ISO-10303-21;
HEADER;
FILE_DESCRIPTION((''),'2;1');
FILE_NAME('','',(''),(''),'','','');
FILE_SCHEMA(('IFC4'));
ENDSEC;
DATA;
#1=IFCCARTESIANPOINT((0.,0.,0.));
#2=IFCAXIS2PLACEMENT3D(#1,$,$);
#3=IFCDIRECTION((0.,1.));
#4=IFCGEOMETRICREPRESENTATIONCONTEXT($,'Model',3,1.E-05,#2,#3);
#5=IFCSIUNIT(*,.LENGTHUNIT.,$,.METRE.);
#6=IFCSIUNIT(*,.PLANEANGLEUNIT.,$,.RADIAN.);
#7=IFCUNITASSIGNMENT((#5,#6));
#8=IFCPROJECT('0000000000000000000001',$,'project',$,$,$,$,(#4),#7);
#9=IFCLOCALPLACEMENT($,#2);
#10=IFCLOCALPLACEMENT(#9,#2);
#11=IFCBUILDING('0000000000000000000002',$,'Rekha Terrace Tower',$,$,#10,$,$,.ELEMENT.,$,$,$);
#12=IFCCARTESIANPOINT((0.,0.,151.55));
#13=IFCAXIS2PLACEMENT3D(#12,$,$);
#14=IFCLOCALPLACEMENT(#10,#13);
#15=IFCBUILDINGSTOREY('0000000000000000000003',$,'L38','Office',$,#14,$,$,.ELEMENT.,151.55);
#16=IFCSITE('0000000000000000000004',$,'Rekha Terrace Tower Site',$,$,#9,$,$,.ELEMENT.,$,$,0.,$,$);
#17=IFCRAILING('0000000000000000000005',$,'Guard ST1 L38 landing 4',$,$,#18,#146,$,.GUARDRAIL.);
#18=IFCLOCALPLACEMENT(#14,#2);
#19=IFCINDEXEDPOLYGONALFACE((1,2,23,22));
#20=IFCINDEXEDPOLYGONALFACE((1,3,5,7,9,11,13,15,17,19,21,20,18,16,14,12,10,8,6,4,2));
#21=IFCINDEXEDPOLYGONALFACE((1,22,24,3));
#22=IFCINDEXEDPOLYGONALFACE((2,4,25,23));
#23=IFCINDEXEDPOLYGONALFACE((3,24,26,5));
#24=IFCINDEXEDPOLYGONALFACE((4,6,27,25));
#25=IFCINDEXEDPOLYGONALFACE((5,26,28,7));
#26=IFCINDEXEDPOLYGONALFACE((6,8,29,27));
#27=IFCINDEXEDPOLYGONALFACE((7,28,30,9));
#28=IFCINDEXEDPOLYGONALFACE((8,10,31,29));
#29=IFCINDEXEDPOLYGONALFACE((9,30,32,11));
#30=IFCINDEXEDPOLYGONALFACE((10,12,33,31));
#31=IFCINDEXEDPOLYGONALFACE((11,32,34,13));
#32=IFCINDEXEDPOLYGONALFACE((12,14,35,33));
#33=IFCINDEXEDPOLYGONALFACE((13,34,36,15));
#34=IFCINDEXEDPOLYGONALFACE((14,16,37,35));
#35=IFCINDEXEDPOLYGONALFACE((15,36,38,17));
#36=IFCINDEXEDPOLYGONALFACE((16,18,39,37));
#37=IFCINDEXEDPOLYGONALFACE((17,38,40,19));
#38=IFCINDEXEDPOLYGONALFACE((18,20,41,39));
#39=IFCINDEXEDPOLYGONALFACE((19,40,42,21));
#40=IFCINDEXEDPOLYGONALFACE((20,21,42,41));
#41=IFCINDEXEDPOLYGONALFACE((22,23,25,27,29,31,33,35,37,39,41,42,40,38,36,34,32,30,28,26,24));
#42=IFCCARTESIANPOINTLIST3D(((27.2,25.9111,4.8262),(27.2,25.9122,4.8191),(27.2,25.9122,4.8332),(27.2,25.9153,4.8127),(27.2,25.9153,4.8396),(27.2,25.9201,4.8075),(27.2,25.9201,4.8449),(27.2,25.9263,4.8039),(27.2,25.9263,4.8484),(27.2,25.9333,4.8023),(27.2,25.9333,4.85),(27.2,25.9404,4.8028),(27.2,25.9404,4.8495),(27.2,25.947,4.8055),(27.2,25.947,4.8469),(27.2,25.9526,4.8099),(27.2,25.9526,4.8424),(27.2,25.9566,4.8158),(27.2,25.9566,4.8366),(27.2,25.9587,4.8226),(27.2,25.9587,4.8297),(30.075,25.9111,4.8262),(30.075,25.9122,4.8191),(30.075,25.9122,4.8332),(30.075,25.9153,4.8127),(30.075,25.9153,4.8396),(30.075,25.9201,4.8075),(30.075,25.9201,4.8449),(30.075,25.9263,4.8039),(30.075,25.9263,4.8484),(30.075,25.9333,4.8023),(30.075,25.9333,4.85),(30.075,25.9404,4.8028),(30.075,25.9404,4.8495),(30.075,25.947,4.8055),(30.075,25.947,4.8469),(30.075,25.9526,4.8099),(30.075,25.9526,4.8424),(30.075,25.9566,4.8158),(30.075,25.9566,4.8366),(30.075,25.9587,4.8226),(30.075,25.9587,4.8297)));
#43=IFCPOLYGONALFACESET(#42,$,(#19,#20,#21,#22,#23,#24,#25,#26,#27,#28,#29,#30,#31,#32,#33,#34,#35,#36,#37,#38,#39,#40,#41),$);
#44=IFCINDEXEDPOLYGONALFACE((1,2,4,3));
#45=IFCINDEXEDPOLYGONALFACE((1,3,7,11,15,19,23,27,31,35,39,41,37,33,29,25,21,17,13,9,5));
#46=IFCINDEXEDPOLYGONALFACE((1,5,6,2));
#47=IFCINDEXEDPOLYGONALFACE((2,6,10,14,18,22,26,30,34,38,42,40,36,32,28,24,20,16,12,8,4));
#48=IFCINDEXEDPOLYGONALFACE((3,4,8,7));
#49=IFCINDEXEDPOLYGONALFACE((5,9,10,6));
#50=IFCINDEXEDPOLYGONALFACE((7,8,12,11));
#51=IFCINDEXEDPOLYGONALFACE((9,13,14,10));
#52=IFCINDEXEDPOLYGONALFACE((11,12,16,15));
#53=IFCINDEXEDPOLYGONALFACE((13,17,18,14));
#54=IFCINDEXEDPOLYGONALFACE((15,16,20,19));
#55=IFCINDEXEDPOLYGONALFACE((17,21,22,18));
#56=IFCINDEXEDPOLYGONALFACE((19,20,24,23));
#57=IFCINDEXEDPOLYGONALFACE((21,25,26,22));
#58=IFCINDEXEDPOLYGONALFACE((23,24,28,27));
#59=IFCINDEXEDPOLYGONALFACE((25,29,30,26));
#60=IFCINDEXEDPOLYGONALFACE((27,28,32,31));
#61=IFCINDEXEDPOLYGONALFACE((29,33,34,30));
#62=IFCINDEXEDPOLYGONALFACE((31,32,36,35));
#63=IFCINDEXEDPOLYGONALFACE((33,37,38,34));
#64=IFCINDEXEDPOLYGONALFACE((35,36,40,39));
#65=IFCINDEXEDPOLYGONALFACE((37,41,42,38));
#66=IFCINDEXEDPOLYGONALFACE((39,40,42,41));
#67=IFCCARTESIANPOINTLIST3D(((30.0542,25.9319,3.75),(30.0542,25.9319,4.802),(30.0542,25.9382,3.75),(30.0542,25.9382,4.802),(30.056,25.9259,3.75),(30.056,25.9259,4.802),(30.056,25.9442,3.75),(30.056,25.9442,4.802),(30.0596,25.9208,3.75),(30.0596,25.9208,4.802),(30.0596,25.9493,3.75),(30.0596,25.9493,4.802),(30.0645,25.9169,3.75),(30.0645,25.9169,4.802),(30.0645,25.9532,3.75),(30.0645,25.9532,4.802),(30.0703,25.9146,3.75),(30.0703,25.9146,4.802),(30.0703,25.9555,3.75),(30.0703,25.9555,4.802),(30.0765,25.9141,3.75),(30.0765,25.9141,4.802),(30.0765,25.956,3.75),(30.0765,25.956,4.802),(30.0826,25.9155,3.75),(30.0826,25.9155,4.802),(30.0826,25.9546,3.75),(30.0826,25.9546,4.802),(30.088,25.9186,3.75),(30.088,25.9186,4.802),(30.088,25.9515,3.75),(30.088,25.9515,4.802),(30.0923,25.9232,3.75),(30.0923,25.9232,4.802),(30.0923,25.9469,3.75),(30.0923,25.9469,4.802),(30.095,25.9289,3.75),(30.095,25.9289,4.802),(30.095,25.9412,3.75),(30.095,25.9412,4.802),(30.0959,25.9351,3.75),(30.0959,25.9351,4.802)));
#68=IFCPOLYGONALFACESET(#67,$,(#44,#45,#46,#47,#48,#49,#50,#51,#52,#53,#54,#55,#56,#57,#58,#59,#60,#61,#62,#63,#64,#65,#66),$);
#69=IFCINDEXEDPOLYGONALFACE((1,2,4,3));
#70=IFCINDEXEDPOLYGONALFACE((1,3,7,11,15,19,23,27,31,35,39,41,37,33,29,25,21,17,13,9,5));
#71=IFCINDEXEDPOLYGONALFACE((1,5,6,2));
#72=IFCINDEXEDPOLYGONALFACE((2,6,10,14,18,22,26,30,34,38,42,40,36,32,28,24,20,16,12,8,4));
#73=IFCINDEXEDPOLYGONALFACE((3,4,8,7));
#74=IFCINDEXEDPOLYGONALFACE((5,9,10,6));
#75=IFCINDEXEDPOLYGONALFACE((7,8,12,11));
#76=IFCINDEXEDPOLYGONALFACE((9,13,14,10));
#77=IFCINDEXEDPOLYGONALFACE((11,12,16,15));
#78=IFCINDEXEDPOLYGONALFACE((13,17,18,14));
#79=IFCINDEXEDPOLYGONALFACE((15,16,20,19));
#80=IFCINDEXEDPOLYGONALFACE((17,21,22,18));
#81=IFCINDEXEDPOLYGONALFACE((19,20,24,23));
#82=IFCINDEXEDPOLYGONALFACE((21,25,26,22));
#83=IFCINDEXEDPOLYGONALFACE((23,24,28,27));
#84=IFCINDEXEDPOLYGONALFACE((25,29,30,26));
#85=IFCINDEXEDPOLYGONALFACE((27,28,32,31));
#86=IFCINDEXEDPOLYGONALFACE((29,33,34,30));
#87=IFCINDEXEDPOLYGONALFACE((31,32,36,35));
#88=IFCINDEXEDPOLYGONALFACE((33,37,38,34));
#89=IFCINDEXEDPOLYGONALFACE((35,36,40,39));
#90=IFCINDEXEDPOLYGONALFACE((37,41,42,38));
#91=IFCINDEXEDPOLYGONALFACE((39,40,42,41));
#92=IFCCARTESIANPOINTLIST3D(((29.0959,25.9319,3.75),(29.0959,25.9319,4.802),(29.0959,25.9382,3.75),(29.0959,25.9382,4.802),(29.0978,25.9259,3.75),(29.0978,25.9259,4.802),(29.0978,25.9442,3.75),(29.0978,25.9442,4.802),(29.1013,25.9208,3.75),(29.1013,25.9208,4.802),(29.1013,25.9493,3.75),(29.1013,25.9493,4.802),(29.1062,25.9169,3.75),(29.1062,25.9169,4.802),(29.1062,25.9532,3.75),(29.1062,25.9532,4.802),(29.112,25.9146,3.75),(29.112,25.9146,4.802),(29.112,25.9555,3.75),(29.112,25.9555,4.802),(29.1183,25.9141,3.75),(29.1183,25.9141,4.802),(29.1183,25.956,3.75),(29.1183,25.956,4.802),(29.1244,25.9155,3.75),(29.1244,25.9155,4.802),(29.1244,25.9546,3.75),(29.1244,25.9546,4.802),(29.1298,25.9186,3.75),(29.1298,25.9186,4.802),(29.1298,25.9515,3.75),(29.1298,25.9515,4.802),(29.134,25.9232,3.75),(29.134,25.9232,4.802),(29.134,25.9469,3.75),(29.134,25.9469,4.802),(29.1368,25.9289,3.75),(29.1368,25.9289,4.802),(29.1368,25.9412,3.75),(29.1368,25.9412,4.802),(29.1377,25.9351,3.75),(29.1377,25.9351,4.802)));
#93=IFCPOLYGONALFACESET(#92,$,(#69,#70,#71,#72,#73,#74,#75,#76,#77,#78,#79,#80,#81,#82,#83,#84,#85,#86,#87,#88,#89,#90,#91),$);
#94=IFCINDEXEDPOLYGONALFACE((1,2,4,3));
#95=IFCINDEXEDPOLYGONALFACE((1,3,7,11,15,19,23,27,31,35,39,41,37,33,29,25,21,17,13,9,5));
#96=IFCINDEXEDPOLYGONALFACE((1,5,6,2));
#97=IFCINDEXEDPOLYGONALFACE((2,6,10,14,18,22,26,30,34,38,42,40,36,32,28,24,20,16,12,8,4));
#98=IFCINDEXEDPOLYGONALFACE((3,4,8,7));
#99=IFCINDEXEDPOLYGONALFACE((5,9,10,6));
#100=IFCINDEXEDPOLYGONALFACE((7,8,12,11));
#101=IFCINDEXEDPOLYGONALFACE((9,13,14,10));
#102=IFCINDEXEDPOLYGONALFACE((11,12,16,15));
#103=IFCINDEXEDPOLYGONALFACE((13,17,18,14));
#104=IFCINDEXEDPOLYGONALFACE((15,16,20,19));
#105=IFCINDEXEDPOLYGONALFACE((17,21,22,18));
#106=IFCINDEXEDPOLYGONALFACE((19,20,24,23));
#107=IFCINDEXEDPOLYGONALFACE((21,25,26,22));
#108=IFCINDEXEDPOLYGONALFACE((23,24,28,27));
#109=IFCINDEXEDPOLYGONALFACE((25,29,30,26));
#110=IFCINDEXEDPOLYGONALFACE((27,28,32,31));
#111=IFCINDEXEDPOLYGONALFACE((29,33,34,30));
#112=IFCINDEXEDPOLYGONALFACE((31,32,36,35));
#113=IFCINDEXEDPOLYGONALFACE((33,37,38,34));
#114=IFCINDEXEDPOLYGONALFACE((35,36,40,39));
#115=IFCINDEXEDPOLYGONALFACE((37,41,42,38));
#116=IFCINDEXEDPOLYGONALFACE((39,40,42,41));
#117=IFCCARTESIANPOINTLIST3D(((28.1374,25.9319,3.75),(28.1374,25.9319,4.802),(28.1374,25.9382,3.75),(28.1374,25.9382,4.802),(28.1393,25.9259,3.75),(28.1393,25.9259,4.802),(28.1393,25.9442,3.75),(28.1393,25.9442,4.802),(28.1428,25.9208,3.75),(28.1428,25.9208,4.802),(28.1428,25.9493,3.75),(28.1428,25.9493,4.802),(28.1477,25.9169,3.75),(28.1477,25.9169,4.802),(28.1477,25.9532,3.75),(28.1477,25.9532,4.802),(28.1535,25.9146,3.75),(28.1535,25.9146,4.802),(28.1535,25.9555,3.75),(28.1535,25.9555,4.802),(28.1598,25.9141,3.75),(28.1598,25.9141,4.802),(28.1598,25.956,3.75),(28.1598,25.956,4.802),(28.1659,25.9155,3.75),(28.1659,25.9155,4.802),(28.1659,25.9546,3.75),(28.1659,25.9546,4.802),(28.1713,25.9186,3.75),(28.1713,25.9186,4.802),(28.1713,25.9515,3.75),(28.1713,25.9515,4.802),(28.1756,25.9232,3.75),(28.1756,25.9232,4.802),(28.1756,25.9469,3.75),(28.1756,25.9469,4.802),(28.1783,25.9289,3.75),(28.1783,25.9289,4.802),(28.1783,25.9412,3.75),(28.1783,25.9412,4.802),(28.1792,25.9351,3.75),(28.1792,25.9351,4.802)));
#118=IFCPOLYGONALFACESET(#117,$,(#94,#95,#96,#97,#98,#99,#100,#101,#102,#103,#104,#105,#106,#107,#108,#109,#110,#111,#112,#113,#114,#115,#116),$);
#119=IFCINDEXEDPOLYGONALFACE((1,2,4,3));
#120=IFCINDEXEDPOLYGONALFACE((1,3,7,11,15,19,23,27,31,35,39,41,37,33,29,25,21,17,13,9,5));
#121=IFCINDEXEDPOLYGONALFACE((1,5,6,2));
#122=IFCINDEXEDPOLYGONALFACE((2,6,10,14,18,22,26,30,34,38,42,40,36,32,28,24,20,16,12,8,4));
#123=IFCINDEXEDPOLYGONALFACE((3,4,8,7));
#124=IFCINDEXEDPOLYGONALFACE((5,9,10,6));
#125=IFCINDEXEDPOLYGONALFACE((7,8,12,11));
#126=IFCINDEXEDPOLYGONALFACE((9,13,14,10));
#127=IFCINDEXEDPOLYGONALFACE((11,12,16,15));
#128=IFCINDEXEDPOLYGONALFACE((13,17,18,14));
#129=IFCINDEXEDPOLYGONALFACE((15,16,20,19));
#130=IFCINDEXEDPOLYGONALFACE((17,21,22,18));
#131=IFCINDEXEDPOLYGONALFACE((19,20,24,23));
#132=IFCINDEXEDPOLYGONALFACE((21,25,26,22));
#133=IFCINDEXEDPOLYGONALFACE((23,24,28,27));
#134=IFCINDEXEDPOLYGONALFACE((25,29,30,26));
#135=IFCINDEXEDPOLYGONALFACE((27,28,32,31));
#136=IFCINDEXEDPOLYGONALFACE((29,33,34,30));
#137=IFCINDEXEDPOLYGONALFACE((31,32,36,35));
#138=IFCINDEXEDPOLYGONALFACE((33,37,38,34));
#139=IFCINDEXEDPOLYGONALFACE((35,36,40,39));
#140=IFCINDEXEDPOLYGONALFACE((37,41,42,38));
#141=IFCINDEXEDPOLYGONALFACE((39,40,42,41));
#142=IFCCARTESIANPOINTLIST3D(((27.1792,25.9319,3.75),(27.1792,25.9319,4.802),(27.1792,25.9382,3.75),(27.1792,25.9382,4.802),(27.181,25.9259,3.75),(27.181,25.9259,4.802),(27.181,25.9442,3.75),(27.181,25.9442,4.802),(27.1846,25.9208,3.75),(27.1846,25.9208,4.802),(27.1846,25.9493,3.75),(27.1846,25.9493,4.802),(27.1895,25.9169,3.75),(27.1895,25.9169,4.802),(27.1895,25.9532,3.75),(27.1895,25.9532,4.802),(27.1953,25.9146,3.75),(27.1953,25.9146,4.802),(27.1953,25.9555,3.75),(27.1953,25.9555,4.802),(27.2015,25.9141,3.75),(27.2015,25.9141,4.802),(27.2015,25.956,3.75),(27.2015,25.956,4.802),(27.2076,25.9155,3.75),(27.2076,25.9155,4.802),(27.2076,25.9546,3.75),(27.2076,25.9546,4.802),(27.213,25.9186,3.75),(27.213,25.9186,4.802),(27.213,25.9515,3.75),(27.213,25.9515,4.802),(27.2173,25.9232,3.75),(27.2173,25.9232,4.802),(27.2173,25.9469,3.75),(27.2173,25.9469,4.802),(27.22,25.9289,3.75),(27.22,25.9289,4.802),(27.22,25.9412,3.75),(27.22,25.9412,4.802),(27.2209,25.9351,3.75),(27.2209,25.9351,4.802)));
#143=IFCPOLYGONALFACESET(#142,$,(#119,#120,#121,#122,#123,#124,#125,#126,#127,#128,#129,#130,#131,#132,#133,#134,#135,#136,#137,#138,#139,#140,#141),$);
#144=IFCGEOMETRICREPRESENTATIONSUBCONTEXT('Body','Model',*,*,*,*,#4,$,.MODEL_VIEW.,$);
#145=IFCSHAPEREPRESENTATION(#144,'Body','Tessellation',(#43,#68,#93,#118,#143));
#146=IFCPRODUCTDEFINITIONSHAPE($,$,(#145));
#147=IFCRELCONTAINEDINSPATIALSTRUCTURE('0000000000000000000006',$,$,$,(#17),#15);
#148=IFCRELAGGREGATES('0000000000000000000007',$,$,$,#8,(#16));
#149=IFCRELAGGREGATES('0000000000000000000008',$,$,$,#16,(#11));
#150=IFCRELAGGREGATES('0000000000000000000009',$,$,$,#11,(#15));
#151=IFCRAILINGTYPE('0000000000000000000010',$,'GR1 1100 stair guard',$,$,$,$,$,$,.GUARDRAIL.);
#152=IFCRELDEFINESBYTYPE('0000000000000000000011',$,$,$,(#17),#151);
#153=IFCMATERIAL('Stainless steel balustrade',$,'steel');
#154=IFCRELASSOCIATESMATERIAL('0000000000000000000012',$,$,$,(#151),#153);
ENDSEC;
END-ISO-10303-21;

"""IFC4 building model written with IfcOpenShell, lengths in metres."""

from ifc_helpers import new_model, si_unit, direction, frame, origin, origin_2d, place, context, subcontext, project, spatial, circle, extrude, material, type_object, element, save


model = new_model("IFC4")

# Units and contexts
model_context = context("Model", 3, precision=1e-05, world=origin(), true_north=direction((0.0, 1.0)))
body_context = subcontext(model_context, "Body", "Model", "MODEL_VIEW")
ifc_project = project(units=[si_unit("LENGTHUNIT", "METRE"), si_unit("PLANEANGLEUNIT", "RADIAN")], contexts=[model_context])

# Site, building, storey
site_placement = place(None, origin())
site = spatial("IfcSite", under=ifc_project, at=site_placement, Name="Rekha Terrace Tower Site", CompositionType="ELEMENT", RefElevation=0.0)
building_placement = place(site_placement, origin())
building = spatial("IfcBuilding", under=site, at=building_placement, Name="Rekha Terrace Tower", CompositionType="ELEMENT")
storey_placement = place(building_placement, frame((0.0, 0.0, 151.55)))
storey = spatial("IfcBuildingStorey", under=building, at=storey_placement, Name="L38", Description="Office", CompositionType="ELEMENT", Elevation=151.55)

# Railing
ifc_material_1 = material(Name="Stainless steel balustrade", Category="steel")
railing_type_1 = type_object("IfcRailingType", Name="GR1 1100 stair guard", PredefinedType="GUARDRAIL", material=ifc_material_1)
railing_1_placement = place(storey_placement, frame((30.075, 25.9351, 3.75)))
element("IfcRailing", 1, at=railing_1_placement, inside=storey, type_object=railing_type_1, Name="Guard ST1 L38 landing 4", PredefinedType="GUARDRAIL", context=body_context, shape_type="SweptSolid", body=[
    extrude(circle(Radius=0.0239, at=origin_2d()), frame((0.0, 0.0, 1.0762), z_axis=(-1.0, 0.0, 0.0), x_axis=(0.0, -1.0, 0.0)), (0.0, 0.0, 1.0), 2.875),
    extrude(circle(Radius=0.021, at=origin_2d()), origin(), (0.0, 0.0, 1.0), 1.052),
    extrude(circle(Radius=0.021, at=origin_2d()), frame((-0.9583, 0.0, 0.0)), (0.0, 0.0, 1.0), 1.052),
    extrude(circle(Radius=0.021, at=origin_2d()), frame((-1.9167, 0.0, 0.0)), (0.0, 0.0, 1.0), 1.052),
    extrude(circle(Radius=0.021, at=origin_2d()), frame((-2.875, 0.0, 0.0)), (0.0, 0.0, 1.0), 1.052),
])

save(model, "model.ifc")
